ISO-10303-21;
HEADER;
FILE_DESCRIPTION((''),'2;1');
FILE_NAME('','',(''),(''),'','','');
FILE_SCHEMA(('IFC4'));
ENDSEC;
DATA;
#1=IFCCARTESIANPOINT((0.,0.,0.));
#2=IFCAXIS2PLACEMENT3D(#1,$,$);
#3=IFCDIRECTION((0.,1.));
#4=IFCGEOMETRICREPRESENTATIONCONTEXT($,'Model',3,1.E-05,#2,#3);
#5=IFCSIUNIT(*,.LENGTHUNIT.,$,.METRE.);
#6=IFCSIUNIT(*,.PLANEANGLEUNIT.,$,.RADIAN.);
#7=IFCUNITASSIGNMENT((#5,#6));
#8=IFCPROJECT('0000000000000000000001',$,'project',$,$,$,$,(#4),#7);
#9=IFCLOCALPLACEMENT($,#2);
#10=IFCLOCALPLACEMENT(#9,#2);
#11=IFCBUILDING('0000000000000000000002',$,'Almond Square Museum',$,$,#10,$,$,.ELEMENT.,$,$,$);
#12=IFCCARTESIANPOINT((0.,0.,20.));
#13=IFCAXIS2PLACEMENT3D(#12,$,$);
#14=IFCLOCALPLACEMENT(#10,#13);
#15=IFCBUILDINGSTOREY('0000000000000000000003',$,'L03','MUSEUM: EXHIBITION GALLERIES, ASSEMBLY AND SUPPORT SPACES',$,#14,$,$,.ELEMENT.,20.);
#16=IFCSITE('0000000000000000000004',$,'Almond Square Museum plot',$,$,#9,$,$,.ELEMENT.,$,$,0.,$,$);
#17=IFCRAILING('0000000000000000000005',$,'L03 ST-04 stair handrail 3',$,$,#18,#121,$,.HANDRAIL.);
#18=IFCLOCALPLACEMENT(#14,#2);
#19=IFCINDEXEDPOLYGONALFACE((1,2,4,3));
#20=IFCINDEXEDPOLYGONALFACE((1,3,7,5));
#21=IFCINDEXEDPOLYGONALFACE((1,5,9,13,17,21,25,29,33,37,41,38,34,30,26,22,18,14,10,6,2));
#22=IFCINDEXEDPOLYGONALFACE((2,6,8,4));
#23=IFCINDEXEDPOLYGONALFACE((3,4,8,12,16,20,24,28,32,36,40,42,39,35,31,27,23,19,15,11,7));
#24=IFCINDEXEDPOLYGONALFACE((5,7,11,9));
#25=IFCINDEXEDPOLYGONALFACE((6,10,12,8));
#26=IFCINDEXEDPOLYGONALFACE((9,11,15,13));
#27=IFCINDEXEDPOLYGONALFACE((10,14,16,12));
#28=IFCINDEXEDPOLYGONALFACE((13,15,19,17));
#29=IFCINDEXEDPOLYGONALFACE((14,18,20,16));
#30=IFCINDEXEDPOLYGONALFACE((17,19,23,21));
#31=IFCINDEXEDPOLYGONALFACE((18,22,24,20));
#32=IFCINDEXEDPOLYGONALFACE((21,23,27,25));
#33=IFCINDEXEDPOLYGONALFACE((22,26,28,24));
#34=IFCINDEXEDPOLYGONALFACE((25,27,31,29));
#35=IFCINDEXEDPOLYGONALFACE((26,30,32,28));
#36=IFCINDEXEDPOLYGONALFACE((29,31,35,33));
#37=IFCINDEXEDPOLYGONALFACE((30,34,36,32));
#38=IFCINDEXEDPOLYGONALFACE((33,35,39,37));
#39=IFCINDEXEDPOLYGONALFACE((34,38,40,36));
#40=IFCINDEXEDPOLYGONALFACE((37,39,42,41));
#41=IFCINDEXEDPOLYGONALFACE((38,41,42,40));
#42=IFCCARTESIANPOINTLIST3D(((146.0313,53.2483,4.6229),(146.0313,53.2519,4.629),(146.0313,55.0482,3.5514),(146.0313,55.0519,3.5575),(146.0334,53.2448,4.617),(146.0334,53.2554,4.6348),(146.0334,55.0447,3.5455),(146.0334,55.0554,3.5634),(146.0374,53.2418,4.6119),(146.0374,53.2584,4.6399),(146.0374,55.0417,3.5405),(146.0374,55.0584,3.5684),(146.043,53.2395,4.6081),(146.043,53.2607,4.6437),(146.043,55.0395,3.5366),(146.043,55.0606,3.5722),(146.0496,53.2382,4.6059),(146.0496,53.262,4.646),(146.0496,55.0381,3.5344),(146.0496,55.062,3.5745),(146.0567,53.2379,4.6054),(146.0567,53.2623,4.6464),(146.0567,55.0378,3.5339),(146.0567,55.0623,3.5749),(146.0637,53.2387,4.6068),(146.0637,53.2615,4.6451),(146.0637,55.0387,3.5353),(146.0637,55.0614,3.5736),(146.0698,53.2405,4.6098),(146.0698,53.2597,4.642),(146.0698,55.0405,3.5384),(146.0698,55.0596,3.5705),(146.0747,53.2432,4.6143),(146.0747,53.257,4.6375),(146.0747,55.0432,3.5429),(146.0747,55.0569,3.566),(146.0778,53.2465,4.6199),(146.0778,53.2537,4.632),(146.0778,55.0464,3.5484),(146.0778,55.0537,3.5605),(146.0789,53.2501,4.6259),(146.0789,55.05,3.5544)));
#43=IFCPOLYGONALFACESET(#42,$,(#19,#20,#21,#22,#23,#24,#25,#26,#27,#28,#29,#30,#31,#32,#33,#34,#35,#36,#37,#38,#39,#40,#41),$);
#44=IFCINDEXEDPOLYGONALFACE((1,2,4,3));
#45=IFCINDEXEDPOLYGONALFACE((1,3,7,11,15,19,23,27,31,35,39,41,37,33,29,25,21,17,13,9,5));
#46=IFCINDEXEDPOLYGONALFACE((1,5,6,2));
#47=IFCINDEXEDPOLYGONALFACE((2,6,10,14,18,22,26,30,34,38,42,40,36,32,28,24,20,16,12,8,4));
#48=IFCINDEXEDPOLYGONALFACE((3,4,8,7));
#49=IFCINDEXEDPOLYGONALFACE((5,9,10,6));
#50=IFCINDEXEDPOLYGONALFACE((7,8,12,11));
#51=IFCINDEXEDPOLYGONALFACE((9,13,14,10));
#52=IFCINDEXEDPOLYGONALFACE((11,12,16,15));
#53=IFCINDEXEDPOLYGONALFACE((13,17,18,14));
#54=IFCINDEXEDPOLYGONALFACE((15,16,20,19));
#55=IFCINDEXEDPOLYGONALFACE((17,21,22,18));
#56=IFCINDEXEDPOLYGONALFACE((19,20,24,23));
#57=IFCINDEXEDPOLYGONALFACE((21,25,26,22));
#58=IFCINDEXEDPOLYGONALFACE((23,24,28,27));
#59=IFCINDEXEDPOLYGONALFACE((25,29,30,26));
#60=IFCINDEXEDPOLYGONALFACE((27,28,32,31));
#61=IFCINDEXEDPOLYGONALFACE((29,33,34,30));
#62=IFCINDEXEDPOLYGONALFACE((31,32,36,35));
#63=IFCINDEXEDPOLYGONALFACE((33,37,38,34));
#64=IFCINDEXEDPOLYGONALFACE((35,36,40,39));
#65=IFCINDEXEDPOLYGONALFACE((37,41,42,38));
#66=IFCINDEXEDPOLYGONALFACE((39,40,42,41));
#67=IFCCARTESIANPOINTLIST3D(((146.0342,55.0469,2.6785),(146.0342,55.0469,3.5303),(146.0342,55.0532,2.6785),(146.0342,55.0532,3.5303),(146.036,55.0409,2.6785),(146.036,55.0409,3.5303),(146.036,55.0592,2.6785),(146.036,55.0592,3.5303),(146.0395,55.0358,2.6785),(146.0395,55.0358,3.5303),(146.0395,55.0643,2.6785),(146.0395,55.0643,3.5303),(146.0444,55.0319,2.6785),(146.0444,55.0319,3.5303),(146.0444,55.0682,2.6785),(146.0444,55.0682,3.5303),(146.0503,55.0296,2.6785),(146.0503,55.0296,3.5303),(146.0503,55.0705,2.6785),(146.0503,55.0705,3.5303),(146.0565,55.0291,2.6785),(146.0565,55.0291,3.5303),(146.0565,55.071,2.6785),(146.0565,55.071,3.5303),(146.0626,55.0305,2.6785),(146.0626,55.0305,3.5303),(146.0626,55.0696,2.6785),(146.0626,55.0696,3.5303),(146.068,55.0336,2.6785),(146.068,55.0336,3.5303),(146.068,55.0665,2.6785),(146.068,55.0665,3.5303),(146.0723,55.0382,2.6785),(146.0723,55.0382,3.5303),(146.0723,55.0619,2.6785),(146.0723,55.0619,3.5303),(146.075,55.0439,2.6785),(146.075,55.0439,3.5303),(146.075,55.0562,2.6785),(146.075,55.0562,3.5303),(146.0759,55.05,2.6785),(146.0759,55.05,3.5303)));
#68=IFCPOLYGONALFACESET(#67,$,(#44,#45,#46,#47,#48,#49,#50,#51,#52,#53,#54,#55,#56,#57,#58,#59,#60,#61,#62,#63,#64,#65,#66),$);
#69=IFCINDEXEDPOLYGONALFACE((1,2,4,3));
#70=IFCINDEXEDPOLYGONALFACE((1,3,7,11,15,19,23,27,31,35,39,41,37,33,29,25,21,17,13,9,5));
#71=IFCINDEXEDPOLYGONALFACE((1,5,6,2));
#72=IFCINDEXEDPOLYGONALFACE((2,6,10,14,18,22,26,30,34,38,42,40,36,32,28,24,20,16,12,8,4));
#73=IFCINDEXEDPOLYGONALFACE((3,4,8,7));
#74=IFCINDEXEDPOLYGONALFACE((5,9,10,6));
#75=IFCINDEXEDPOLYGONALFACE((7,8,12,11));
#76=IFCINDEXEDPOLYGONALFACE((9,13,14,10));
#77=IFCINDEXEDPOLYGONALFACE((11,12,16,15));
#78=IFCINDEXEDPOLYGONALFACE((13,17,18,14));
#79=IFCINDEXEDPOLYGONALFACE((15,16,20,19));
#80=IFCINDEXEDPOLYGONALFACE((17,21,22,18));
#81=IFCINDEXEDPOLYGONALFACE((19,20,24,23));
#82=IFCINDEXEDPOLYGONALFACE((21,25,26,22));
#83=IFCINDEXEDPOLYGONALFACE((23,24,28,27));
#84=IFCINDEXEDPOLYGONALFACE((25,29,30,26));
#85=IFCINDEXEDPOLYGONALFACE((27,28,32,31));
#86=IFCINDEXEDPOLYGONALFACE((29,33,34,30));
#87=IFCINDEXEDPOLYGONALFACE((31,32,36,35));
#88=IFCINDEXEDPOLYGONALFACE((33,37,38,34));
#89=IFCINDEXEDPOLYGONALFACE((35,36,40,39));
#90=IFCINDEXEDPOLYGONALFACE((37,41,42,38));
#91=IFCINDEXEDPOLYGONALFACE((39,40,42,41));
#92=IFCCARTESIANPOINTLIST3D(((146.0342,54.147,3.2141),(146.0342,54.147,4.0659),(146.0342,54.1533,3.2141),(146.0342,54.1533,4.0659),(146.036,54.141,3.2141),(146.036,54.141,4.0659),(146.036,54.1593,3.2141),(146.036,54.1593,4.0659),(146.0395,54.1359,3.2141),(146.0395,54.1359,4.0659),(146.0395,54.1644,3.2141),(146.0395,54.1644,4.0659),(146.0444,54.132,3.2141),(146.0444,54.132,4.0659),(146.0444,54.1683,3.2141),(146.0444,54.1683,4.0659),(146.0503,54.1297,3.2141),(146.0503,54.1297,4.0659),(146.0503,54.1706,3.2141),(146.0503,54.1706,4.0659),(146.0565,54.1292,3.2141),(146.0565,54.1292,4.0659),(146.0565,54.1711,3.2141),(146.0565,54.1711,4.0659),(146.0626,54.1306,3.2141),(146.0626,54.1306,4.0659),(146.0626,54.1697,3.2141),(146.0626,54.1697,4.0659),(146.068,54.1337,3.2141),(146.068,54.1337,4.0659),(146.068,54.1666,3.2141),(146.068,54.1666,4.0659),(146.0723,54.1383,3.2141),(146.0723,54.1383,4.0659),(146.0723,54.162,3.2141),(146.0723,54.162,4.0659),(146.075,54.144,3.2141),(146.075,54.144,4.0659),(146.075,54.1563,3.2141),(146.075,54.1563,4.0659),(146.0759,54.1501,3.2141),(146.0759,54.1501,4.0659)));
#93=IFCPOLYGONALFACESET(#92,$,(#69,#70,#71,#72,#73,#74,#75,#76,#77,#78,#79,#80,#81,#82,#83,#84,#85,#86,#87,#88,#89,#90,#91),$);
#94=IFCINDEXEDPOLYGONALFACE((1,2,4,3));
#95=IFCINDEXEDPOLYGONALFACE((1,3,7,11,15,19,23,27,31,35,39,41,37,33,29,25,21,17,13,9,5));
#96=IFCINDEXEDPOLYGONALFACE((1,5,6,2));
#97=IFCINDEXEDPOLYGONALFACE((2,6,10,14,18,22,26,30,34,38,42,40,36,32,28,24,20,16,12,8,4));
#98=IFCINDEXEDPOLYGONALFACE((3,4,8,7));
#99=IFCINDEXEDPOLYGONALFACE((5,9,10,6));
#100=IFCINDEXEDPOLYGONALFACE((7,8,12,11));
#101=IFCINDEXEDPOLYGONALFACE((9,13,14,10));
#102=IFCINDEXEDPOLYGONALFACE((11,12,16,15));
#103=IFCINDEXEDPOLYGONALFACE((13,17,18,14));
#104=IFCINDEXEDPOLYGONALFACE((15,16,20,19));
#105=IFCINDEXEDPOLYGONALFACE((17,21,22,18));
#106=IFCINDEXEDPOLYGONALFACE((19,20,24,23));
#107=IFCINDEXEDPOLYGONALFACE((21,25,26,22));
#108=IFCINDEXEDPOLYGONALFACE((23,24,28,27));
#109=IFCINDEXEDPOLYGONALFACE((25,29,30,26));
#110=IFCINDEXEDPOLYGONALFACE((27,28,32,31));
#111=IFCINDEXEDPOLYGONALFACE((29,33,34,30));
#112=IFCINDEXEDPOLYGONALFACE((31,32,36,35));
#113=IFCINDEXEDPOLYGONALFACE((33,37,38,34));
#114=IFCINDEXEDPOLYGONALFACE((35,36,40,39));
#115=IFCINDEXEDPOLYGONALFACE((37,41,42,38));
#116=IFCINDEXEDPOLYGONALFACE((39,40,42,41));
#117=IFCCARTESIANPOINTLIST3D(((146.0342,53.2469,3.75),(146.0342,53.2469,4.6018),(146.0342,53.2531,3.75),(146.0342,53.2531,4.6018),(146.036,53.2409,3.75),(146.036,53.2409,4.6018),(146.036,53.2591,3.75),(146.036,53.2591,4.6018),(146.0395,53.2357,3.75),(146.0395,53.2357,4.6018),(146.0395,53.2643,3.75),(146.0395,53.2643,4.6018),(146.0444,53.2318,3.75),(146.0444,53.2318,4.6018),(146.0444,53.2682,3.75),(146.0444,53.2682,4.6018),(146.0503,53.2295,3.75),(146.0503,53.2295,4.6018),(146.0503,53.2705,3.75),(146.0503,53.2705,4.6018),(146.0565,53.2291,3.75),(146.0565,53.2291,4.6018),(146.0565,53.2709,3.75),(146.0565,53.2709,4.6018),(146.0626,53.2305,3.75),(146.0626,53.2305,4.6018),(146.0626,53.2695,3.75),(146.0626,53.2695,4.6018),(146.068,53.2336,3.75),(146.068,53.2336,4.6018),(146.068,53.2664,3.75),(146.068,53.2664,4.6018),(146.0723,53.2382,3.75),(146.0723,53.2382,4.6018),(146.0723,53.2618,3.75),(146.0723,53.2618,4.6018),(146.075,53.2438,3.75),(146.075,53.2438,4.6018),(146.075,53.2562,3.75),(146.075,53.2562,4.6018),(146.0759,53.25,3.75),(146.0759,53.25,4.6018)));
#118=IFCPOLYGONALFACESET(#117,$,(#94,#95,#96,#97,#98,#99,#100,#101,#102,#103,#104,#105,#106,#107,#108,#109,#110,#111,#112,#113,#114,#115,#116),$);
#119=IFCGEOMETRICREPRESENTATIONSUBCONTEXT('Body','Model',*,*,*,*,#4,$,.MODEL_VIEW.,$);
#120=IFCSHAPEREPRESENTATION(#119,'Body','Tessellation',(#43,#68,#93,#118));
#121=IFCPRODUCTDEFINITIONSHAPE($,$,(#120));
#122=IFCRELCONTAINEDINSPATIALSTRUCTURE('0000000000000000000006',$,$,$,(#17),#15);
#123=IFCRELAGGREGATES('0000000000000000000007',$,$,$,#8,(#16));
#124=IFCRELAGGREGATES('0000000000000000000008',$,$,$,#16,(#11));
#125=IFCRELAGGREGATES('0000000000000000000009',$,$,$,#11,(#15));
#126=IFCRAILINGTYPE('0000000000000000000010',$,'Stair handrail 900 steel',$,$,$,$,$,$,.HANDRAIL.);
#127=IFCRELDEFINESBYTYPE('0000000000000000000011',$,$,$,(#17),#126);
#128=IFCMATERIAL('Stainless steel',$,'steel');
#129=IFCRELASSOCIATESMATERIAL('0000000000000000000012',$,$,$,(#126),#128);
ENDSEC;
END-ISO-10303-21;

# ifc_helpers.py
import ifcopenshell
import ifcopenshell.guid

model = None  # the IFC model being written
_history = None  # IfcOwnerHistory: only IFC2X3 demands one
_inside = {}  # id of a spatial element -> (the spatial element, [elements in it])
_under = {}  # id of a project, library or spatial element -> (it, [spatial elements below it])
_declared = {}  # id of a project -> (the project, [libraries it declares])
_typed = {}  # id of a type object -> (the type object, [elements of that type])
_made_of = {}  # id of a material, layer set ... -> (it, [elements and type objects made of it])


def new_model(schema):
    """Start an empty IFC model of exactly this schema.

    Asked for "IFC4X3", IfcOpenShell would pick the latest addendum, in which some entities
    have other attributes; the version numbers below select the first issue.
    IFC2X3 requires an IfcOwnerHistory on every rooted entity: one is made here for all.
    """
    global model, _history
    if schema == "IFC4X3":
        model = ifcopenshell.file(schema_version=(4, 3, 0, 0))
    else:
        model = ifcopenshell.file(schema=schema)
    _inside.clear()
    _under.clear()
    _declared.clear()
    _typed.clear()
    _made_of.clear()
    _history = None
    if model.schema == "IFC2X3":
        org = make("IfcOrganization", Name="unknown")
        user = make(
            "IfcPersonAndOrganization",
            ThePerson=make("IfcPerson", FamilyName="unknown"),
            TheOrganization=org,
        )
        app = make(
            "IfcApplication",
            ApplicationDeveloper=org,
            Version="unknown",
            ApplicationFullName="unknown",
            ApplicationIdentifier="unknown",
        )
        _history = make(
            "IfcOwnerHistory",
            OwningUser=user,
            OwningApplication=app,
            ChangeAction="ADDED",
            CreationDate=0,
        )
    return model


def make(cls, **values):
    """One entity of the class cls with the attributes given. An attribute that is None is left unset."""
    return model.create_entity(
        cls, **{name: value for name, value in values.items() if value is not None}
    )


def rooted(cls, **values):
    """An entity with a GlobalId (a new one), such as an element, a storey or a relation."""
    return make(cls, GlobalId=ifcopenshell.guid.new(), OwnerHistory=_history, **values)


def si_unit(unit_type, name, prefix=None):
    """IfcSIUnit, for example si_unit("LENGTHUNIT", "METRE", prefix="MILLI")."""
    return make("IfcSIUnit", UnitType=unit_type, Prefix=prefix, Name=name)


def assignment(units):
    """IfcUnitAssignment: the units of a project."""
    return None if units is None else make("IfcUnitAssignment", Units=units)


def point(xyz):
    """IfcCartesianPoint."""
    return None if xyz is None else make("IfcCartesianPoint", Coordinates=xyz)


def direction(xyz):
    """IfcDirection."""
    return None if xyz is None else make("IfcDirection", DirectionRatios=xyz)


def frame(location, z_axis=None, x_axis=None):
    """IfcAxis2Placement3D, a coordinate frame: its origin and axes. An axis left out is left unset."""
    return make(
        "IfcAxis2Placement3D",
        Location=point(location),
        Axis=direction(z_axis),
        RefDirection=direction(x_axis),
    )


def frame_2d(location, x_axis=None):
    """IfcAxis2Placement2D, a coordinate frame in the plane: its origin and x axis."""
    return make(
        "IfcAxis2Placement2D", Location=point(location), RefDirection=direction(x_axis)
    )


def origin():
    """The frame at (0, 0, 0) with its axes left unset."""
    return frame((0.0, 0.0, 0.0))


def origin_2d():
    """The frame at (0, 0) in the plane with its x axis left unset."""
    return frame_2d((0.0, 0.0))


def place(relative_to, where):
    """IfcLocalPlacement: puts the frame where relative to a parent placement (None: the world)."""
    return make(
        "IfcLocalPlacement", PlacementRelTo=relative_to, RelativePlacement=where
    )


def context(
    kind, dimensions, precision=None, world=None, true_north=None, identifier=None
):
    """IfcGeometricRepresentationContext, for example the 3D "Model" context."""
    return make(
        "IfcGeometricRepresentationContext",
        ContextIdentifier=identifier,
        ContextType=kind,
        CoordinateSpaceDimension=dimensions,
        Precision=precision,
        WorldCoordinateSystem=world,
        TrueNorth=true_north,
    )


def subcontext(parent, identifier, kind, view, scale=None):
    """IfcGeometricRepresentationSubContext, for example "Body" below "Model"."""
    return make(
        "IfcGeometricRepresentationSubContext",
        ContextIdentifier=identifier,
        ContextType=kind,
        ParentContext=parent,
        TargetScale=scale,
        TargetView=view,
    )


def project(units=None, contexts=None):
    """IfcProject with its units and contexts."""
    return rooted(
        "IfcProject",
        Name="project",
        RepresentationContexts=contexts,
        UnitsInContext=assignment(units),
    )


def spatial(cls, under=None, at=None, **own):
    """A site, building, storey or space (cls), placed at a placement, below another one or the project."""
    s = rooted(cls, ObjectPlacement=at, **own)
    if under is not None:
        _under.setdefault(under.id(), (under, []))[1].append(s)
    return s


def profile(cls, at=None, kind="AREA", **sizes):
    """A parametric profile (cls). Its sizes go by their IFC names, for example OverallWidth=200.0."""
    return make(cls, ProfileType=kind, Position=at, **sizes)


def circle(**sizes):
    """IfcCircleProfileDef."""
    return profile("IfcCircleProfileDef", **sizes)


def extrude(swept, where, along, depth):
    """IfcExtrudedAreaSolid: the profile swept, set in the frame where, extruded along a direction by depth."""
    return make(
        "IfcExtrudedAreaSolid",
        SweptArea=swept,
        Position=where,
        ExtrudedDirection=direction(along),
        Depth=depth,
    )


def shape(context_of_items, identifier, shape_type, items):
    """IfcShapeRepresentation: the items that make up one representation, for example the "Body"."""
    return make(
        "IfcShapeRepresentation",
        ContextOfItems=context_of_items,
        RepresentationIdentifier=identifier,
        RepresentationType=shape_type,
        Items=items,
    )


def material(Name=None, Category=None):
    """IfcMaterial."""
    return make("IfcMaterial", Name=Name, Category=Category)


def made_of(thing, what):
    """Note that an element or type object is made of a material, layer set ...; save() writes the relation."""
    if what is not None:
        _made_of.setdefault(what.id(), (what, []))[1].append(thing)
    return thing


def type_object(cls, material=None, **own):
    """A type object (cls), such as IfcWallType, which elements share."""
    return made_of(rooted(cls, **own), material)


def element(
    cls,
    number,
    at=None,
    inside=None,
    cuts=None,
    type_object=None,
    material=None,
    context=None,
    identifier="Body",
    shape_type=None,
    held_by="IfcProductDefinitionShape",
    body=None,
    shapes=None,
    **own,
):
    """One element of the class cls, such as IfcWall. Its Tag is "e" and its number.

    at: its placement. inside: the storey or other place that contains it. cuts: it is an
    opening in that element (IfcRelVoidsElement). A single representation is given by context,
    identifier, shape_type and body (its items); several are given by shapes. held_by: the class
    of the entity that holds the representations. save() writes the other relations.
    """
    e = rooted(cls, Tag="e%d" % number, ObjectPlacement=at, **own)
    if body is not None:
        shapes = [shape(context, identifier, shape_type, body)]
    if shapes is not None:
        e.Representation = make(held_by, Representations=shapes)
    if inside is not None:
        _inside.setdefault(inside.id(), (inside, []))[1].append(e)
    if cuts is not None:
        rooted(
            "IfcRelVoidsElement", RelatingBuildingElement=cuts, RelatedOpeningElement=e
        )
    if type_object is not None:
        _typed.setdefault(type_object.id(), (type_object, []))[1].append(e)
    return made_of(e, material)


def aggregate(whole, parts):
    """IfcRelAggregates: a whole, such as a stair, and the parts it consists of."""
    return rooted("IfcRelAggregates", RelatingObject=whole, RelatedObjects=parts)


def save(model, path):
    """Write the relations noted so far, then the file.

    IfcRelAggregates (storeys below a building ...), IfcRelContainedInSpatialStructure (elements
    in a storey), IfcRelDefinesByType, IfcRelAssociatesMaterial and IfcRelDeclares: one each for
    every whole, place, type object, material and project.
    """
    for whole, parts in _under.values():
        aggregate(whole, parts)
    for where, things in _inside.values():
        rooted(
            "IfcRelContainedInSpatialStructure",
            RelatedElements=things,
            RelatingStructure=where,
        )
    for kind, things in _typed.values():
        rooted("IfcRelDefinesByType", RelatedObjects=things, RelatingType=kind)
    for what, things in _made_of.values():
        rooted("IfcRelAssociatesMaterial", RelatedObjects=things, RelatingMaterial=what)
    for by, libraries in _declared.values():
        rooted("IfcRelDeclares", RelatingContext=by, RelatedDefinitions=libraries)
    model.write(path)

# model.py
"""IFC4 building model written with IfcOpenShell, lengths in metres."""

from ifc_helpers import new_model, si_unit, direction, frame, origin, origin_2d, place, context, subcontext, project, spatial, circle, extrude, material, type_object, element, save


model = new_model("IFC4")

# Units and contexts
model_context = context("Model", 3, precision=1e-05, world=origin(), true_north=direction((0.0, 1.0)))
body_context = subcontext(model_context, "Body", "Model", "MODEL_VIEW")
ifc_project = project(units=[si_unit("LENGTHUNIT", "METRE"), si_unit("PLANEANGLEUNIT", "RADIAN")], contexts=[model_context])

# Site, building, storey
site_placement = place(None, origin())
site = spatial("IfcSite", under=ifc_project, at=site_placement, Name="Almond Square Museum plot", CompositionType="ELEMENT", RefElevation=0.0)
building_placement = place(site_placement, origin())
building = spatial("IfcBuilding", under=site, at=building_placement, Name="Almond Square Museum", CompositionType="ELEMENT")
storey_placement = place(building_placement, frame((0.0, 0.0, 20.0)))
storey = spatial("IfcBuildingStorey", under=building, at=storey_placement, Name="L03", Description="MUSEUM: EXHIBITION GALLERIES, ASSEMBLY AND SUPPORT SPACES", CompositionType="ELEMENT", Elevation=20.0)

# Railing
ifc_material_1 = material(Name="Stainless steel", Category="steel")
railing_type_1 = type_object("IfcRailingType", Name="Stair handrail 900 steel", PredefinedType="HANDRAIL", material=ifc_material_1)
railing_1_placement = place(storey_placement, frame((146.0549, 55.05, 2.6785)))
element("IfcRailing", 1, at=railing_1_placement, inside=storey, type_object=railing_type_1, Name="L03 ST-04 stair handrail 3", PredefinedType="HANDRAIL", context=body_context, shape_type="SweptSolid", body=[
    extrude(circle(Radius=0.0239, at=origin_2d()), frame((0.0, 0.0, 0.876), z_axis=(0.0, -0.859277, 0.51151), x_axis=(1.0, 0.0, 0.0)), (0.0, 0.0, 1.0), 2.0947),
    extrude(circle(Radius=0.021, at=origin_2d()), origin(), (0.0, 0.0, 1.0), 0.8518),
    extrude(circle(Radius=0.021, at=origin_2d()), frame((0.0, -0.8999, 0.5356)), (0.0, 0.0, 1.0), 0.8518),
    extrude(circle(Radius=0.021, at=origin_2d()), frame((0.0, -1.8, 1.0715)), (0.0, 0.0, 1.0), 0.8518),
])

save(model, "model.ifc")
